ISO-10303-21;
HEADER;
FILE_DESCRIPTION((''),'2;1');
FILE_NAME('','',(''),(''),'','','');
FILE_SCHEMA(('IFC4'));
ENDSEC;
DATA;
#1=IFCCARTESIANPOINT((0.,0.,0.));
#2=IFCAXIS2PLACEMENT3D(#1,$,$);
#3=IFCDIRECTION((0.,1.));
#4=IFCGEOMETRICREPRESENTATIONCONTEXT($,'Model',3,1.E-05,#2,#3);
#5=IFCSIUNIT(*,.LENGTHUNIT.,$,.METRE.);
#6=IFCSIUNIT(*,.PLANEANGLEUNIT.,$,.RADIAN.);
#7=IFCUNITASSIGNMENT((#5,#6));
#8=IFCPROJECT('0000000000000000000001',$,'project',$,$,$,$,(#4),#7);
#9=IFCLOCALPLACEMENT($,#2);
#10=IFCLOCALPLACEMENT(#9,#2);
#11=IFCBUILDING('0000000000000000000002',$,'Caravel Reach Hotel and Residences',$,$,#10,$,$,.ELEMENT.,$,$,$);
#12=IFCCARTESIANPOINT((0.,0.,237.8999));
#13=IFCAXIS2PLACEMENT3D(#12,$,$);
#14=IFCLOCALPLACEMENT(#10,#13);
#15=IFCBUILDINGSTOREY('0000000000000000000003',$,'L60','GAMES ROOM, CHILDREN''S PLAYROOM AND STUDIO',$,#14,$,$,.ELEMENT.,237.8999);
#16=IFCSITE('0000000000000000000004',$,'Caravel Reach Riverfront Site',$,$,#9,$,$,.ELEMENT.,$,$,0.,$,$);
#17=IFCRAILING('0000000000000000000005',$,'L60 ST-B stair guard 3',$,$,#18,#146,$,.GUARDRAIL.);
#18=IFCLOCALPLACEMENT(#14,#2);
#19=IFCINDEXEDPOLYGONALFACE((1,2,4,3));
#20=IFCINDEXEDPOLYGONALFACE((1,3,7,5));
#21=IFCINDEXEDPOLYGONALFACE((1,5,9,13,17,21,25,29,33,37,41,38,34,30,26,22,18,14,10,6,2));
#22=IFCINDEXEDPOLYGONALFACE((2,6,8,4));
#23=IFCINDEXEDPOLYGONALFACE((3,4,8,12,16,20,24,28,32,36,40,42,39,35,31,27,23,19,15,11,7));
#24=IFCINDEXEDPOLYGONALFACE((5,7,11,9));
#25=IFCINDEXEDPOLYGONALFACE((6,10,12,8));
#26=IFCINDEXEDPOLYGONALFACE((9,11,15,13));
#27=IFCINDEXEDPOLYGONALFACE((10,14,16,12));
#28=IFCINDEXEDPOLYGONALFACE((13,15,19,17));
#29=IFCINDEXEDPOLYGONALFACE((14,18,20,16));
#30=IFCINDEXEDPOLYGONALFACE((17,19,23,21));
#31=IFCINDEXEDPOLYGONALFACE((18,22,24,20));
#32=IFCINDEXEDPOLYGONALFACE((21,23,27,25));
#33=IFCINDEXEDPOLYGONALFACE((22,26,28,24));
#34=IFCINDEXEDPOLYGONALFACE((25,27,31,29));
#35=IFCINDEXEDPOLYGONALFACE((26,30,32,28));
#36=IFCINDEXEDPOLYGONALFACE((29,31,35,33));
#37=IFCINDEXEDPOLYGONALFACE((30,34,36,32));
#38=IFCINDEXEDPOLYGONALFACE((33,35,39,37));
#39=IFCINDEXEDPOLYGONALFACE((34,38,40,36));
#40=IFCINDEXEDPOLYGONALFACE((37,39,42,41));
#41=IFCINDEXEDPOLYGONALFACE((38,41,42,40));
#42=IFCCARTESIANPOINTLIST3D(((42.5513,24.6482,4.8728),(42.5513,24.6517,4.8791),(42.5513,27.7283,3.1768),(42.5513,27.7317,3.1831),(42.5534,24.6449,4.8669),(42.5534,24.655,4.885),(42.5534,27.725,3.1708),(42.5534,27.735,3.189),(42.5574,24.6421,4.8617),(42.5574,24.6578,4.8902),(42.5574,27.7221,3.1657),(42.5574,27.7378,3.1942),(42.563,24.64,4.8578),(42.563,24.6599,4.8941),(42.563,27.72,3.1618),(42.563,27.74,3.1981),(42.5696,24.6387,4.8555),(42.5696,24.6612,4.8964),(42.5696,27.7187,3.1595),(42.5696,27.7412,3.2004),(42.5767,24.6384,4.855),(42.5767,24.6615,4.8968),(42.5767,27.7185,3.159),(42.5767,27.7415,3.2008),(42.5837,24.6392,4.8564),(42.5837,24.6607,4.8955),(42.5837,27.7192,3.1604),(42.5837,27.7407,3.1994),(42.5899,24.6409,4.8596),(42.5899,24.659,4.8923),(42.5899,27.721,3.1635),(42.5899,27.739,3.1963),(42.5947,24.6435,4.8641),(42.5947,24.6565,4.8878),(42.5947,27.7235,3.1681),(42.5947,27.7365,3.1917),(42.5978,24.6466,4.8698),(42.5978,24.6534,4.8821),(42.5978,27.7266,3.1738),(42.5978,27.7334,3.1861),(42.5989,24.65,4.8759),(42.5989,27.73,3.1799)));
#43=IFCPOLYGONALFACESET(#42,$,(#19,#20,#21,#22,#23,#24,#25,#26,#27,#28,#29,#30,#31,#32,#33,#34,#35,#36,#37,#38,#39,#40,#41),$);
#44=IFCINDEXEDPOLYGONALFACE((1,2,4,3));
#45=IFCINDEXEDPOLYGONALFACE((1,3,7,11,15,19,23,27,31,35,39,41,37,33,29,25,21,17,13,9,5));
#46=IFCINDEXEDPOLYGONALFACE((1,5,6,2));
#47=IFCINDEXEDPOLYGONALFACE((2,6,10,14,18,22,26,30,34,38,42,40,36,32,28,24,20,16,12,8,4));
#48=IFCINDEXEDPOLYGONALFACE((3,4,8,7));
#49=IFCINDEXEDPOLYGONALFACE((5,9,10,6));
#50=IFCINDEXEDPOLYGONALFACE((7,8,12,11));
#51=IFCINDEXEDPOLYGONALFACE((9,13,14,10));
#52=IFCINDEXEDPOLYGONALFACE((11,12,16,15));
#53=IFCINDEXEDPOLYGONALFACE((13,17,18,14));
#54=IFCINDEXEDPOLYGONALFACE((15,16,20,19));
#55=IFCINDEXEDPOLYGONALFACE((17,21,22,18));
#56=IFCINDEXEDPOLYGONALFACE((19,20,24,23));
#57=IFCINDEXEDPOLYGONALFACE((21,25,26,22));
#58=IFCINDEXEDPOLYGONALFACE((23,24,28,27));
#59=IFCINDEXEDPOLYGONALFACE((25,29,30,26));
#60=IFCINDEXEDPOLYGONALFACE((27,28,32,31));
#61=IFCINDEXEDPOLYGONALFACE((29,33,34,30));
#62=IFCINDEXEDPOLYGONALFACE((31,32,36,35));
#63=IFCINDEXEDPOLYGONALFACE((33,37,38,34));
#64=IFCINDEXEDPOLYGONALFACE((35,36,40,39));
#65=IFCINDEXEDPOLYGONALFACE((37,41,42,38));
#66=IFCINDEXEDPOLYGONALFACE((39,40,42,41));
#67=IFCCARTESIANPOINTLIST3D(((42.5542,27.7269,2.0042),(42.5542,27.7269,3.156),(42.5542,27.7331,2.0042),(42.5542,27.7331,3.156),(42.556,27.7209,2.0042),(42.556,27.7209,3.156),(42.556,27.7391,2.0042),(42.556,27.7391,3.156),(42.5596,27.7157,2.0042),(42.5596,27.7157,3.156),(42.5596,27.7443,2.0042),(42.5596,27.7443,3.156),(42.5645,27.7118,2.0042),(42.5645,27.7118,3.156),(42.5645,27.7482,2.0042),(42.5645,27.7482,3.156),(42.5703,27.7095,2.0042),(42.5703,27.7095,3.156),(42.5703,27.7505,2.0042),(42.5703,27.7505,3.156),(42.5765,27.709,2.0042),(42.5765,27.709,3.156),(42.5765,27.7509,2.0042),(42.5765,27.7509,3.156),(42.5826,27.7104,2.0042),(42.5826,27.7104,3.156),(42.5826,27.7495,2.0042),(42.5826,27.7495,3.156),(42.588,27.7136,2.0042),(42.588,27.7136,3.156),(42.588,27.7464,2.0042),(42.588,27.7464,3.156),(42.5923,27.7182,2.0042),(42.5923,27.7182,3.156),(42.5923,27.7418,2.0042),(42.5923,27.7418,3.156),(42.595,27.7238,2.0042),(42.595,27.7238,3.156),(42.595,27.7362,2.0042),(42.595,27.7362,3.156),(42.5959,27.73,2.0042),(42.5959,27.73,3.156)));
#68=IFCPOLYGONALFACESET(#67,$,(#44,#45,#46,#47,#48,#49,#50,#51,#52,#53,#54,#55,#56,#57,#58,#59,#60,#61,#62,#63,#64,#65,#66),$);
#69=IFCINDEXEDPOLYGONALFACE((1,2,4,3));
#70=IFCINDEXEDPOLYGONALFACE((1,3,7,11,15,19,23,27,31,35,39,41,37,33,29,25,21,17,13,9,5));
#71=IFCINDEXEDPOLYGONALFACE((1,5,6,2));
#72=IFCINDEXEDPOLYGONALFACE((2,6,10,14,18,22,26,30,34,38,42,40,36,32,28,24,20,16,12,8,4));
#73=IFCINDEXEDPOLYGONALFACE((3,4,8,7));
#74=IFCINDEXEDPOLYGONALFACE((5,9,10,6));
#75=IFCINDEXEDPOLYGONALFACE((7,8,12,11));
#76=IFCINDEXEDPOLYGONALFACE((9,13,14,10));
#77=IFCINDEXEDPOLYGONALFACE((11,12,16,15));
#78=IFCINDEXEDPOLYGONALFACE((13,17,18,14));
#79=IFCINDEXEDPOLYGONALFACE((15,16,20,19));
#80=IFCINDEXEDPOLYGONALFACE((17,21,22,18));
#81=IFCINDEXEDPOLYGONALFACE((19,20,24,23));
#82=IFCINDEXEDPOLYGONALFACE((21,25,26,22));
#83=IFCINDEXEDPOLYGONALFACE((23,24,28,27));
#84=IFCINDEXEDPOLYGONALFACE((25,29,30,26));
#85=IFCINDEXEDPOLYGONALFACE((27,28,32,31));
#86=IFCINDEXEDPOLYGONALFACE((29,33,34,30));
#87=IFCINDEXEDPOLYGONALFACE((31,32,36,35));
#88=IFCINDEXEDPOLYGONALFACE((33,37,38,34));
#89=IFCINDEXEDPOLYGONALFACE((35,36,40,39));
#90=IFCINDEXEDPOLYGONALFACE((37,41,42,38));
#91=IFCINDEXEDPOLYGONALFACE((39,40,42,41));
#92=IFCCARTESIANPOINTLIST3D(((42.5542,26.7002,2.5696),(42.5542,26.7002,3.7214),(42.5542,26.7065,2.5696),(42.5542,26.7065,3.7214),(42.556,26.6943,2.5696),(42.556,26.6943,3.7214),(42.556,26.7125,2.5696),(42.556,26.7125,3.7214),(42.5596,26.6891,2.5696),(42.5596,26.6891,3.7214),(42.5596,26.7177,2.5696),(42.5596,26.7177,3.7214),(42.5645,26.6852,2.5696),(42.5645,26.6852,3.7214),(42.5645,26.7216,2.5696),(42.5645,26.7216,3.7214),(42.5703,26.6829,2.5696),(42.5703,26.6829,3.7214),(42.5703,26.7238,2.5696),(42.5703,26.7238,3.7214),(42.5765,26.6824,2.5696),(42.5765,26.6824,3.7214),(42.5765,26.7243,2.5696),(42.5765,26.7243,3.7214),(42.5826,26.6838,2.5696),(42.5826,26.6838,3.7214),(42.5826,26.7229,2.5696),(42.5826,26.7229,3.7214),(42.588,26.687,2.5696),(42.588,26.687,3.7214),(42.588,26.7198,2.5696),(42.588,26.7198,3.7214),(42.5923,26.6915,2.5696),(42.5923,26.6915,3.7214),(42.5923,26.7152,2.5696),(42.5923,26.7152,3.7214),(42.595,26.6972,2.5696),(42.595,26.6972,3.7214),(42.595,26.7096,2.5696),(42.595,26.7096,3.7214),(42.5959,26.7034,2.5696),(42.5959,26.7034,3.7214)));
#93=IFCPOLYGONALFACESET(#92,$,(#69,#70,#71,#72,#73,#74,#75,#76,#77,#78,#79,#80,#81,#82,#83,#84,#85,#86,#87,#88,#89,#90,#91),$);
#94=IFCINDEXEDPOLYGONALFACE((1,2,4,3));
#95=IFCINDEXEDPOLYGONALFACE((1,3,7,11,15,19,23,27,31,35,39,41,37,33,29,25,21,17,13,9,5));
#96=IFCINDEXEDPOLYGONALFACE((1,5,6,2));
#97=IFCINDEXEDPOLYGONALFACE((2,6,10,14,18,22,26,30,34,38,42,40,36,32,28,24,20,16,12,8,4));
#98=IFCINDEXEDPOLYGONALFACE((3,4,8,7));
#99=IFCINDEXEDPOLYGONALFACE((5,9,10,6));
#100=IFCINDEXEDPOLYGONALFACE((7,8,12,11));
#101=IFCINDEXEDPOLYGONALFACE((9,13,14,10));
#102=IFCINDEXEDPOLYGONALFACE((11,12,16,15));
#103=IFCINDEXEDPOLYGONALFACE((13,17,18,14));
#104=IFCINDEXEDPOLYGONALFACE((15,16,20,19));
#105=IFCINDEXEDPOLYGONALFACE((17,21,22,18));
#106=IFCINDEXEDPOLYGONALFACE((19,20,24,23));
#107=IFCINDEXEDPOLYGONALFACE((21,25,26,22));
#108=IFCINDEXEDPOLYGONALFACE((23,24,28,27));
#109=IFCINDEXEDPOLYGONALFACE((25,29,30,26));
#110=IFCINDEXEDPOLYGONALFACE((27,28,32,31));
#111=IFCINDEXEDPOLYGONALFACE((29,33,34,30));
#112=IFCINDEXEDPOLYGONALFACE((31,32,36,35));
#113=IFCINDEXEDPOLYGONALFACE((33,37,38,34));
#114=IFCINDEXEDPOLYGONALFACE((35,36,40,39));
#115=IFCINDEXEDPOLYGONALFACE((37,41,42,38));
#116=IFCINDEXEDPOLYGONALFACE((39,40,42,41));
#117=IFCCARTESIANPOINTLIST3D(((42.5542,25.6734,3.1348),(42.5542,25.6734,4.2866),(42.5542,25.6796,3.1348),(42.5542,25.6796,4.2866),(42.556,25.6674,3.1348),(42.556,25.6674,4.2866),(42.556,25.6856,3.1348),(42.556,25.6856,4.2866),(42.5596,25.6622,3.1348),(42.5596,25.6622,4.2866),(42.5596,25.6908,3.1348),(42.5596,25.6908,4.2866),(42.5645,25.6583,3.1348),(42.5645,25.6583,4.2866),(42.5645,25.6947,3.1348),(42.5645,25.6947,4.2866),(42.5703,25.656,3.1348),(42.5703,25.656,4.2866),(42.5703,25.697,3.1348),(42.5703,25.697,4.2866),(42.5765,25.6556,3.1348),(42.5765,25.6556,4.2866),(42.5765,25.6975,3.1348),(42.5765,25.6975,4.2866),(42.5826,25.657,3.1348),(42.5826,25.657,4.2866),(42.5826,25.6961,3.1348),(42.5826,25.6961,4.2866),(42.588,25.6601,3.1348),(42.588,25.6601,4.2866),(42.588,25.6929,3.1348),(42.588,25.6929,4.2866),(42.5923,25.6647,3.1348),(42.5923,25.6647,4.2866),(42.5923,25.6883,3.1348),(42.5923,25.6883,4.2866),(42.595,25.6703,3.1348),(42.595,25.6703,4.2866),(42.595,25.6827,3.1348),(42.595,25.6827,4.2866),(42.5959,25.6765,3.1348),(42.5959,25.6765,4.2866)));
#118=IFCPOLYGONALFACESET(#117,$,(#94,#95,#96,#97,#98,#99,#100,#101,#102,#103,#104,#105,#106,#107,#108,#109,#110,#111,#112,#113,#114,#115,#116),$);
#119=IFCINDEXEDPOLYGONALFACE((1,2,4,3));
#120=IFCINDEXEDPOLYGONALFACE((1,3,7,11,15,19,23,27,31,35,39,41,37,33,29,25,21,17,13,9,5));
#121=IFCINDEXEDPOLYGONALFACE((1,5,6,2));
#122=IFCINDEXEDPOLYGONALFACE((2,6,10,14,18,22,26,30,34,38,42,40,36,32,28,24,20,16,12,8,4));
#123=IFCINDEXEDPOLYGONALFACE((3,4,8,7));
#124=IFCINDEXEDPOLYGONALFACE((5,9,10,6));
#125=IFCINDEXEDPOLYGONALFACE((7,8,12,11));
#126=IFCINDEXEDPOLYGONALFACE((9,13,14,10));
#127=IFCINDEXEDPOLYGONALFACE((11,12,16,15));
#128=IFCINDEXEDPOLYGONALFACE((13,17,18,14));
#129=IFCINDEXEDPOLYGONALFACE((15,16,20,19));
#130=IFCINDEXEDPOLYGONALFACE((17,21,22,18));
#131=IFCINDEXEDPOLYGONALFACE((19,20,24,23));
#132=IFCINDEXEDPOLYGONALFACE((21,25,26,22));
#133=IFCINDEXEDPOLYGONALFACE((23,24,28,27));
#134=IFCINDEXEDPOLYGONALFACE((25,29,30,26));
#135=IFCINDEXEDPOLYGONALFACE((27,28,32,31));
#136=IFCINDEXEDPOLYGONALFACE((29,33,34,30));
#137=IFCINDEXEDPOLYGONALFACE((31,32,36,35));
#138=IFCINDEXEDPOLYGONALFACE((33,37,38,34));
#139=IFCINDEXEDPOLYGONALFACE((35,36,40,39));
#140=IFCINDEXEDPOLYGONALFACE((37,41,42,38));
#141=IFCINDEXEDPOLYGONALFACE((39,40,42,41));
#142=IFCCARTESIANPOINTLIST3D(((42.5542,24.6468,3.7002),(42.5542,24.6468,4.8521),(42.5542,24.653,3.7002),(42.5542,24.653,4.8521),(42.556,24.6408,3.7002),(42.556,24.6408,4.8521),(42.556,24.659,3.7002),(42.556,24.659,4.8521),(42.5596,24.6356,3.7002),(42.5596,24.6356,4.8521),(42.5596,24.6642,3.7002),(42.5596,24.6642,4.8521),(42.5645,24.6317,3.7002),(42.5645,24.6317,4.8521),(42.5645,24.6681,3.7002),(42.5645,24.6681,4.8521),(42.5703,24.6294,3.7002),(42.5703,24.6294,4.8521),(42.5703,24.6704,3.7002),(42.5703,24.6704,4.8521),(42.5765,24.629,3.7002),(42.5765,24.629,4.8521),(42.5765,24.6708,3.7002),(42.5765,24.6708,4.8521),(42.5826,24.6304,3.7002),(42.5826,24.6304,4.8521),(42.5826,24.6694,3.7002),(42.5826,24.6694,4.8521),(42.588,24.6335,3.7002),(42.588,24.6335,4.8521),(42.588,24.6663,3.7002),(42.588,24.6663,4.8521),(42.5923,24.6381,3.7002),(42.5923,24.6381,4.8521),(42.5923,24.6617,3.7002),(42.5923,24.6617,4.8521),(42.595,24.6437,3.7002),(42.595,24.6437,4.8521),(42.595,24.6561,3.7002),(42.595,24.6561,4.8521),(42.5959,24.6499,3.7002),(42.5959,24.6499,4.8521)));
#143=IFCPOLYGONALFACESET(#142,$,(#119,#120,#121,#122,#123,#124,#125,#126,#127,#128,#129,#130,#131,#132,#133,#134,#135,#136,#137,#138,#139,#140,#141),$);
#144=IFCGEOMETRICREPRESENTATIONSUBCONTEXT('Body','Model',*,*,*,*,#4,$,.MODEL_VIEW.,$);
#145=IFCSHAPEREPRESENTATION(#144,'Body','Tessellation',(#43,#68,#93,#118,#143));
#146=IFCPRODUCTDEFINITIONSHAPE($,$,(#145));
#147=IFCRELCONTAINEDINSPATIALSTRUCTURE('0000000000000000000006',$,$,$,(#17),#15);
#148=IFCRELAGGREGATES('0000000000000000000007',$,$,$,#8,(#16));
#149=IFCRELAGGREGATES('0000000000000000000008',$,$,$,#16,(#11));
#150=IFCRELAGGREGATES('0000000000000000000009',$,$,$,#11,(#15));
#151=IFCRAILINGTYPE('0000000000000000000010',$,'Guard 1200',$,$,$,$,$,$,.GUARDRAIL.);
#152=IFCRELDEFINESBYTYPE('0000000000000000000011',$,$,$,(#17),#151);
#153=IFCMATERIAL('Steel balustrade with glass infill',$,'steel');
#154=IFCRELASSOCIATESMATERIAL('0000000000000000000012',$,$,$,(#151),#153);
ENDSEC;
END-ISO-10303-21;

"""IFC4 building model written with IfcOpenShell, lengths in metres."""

from ifc_helpers import new_model, si_unit, direction, frame, origin, origin_2d, place, context, subcontext, project, spatial, circle, extrude, material, type_object, element, save


model = new_model("IFC4")

# Units and contexts
model_context = context("Model", 3, precision=1e-05, world=origin(), true_north=direction((0.0, 1.0)))
body_context = subcontext(model_context, "Body", "Model", "MODEL_VIEW")
ifc_project = project(units=[si_unit("LENGTHUNIT", "METRE"), si_unit("PLANEANGLEUNIT", "RADIAN")], contexts=[model_context])

# Site, building, storey
site_placement = place(None, origin())
site = spatial("IfcSite", under=ifc_project, at=site_placement, Name="Caravel Reach Riverfront Site", CompositionType="ELEMENT", RefElevation=0.0)
building_placement = place(site_placement, origin())
building = spatial("IfcBuilding", under=site, at=building_placement, Name="Caravel Reach Hotel and Residences", CompositionType="ELEMENT")
storey_placement = place(building_placement, frame((0.0, 0.0, 237.8999)))
storey = spatial("IfcBuildingStorey", under=building, at=storey_placement, Name="L60", Description="GAMES ROOM, CHILDREN'S PLAYROOM AND STUDIO", CompositionType="ELEMENT", Elevation=237.8999)

# Railing
ifc_material_1 = material(Name="Steel balustrade with glass infill", Category="steel")
railing_type_1 = type_object("IfcRailingType", Name="Guard 1200", PredefinedType="GUARDRAIL", material=ifc_material_1)
railing_1_placement = place(storey_placement, frame((42.575, 27.73, 2.0042)))
element("IfcRailing", 1, at=railing_1_placement, inside=storey, type_object=railing_type_1, Name="L60 ST-B stair guard 3", PredefinedType="GUARDRAIL", context=body_context, shape_type="SweptSolid", body=[
    extrude(circle(Radius=0.0239, at=origin_2d()), frame((0.0, 0.0, 1.1758), z_axis=(0.0, -0.875975, 0.482356), x_axis=(1.0, 0.0, 0.0)), (0.0, 0.0, 1.0), 3.5161),
    extrude(circle(Radius=0.021, at=origin_2d()), origin(), (0.0, 0.0, 1.0), 1.1519),
    extrude(circle(Radius=0.021, at=origin_2d()), frame((0.0, -1.0266, 0.5654)), (0.0, 0.0, 1.0), 1.1519),
    extrude(circle(Radius=0.021, at=origin_2d()), frame((0.0, -2.0535, 1.1306)), (0.0, 0.0, 1.0), 1.1519),
    extrude(circle(Radius=0.021, at=origin_2d()), frame((0.0, -3.0801, 1.696)), (0.0, 0.0, 1.0), 1.1519),
])

save(model, "model.ifc")
